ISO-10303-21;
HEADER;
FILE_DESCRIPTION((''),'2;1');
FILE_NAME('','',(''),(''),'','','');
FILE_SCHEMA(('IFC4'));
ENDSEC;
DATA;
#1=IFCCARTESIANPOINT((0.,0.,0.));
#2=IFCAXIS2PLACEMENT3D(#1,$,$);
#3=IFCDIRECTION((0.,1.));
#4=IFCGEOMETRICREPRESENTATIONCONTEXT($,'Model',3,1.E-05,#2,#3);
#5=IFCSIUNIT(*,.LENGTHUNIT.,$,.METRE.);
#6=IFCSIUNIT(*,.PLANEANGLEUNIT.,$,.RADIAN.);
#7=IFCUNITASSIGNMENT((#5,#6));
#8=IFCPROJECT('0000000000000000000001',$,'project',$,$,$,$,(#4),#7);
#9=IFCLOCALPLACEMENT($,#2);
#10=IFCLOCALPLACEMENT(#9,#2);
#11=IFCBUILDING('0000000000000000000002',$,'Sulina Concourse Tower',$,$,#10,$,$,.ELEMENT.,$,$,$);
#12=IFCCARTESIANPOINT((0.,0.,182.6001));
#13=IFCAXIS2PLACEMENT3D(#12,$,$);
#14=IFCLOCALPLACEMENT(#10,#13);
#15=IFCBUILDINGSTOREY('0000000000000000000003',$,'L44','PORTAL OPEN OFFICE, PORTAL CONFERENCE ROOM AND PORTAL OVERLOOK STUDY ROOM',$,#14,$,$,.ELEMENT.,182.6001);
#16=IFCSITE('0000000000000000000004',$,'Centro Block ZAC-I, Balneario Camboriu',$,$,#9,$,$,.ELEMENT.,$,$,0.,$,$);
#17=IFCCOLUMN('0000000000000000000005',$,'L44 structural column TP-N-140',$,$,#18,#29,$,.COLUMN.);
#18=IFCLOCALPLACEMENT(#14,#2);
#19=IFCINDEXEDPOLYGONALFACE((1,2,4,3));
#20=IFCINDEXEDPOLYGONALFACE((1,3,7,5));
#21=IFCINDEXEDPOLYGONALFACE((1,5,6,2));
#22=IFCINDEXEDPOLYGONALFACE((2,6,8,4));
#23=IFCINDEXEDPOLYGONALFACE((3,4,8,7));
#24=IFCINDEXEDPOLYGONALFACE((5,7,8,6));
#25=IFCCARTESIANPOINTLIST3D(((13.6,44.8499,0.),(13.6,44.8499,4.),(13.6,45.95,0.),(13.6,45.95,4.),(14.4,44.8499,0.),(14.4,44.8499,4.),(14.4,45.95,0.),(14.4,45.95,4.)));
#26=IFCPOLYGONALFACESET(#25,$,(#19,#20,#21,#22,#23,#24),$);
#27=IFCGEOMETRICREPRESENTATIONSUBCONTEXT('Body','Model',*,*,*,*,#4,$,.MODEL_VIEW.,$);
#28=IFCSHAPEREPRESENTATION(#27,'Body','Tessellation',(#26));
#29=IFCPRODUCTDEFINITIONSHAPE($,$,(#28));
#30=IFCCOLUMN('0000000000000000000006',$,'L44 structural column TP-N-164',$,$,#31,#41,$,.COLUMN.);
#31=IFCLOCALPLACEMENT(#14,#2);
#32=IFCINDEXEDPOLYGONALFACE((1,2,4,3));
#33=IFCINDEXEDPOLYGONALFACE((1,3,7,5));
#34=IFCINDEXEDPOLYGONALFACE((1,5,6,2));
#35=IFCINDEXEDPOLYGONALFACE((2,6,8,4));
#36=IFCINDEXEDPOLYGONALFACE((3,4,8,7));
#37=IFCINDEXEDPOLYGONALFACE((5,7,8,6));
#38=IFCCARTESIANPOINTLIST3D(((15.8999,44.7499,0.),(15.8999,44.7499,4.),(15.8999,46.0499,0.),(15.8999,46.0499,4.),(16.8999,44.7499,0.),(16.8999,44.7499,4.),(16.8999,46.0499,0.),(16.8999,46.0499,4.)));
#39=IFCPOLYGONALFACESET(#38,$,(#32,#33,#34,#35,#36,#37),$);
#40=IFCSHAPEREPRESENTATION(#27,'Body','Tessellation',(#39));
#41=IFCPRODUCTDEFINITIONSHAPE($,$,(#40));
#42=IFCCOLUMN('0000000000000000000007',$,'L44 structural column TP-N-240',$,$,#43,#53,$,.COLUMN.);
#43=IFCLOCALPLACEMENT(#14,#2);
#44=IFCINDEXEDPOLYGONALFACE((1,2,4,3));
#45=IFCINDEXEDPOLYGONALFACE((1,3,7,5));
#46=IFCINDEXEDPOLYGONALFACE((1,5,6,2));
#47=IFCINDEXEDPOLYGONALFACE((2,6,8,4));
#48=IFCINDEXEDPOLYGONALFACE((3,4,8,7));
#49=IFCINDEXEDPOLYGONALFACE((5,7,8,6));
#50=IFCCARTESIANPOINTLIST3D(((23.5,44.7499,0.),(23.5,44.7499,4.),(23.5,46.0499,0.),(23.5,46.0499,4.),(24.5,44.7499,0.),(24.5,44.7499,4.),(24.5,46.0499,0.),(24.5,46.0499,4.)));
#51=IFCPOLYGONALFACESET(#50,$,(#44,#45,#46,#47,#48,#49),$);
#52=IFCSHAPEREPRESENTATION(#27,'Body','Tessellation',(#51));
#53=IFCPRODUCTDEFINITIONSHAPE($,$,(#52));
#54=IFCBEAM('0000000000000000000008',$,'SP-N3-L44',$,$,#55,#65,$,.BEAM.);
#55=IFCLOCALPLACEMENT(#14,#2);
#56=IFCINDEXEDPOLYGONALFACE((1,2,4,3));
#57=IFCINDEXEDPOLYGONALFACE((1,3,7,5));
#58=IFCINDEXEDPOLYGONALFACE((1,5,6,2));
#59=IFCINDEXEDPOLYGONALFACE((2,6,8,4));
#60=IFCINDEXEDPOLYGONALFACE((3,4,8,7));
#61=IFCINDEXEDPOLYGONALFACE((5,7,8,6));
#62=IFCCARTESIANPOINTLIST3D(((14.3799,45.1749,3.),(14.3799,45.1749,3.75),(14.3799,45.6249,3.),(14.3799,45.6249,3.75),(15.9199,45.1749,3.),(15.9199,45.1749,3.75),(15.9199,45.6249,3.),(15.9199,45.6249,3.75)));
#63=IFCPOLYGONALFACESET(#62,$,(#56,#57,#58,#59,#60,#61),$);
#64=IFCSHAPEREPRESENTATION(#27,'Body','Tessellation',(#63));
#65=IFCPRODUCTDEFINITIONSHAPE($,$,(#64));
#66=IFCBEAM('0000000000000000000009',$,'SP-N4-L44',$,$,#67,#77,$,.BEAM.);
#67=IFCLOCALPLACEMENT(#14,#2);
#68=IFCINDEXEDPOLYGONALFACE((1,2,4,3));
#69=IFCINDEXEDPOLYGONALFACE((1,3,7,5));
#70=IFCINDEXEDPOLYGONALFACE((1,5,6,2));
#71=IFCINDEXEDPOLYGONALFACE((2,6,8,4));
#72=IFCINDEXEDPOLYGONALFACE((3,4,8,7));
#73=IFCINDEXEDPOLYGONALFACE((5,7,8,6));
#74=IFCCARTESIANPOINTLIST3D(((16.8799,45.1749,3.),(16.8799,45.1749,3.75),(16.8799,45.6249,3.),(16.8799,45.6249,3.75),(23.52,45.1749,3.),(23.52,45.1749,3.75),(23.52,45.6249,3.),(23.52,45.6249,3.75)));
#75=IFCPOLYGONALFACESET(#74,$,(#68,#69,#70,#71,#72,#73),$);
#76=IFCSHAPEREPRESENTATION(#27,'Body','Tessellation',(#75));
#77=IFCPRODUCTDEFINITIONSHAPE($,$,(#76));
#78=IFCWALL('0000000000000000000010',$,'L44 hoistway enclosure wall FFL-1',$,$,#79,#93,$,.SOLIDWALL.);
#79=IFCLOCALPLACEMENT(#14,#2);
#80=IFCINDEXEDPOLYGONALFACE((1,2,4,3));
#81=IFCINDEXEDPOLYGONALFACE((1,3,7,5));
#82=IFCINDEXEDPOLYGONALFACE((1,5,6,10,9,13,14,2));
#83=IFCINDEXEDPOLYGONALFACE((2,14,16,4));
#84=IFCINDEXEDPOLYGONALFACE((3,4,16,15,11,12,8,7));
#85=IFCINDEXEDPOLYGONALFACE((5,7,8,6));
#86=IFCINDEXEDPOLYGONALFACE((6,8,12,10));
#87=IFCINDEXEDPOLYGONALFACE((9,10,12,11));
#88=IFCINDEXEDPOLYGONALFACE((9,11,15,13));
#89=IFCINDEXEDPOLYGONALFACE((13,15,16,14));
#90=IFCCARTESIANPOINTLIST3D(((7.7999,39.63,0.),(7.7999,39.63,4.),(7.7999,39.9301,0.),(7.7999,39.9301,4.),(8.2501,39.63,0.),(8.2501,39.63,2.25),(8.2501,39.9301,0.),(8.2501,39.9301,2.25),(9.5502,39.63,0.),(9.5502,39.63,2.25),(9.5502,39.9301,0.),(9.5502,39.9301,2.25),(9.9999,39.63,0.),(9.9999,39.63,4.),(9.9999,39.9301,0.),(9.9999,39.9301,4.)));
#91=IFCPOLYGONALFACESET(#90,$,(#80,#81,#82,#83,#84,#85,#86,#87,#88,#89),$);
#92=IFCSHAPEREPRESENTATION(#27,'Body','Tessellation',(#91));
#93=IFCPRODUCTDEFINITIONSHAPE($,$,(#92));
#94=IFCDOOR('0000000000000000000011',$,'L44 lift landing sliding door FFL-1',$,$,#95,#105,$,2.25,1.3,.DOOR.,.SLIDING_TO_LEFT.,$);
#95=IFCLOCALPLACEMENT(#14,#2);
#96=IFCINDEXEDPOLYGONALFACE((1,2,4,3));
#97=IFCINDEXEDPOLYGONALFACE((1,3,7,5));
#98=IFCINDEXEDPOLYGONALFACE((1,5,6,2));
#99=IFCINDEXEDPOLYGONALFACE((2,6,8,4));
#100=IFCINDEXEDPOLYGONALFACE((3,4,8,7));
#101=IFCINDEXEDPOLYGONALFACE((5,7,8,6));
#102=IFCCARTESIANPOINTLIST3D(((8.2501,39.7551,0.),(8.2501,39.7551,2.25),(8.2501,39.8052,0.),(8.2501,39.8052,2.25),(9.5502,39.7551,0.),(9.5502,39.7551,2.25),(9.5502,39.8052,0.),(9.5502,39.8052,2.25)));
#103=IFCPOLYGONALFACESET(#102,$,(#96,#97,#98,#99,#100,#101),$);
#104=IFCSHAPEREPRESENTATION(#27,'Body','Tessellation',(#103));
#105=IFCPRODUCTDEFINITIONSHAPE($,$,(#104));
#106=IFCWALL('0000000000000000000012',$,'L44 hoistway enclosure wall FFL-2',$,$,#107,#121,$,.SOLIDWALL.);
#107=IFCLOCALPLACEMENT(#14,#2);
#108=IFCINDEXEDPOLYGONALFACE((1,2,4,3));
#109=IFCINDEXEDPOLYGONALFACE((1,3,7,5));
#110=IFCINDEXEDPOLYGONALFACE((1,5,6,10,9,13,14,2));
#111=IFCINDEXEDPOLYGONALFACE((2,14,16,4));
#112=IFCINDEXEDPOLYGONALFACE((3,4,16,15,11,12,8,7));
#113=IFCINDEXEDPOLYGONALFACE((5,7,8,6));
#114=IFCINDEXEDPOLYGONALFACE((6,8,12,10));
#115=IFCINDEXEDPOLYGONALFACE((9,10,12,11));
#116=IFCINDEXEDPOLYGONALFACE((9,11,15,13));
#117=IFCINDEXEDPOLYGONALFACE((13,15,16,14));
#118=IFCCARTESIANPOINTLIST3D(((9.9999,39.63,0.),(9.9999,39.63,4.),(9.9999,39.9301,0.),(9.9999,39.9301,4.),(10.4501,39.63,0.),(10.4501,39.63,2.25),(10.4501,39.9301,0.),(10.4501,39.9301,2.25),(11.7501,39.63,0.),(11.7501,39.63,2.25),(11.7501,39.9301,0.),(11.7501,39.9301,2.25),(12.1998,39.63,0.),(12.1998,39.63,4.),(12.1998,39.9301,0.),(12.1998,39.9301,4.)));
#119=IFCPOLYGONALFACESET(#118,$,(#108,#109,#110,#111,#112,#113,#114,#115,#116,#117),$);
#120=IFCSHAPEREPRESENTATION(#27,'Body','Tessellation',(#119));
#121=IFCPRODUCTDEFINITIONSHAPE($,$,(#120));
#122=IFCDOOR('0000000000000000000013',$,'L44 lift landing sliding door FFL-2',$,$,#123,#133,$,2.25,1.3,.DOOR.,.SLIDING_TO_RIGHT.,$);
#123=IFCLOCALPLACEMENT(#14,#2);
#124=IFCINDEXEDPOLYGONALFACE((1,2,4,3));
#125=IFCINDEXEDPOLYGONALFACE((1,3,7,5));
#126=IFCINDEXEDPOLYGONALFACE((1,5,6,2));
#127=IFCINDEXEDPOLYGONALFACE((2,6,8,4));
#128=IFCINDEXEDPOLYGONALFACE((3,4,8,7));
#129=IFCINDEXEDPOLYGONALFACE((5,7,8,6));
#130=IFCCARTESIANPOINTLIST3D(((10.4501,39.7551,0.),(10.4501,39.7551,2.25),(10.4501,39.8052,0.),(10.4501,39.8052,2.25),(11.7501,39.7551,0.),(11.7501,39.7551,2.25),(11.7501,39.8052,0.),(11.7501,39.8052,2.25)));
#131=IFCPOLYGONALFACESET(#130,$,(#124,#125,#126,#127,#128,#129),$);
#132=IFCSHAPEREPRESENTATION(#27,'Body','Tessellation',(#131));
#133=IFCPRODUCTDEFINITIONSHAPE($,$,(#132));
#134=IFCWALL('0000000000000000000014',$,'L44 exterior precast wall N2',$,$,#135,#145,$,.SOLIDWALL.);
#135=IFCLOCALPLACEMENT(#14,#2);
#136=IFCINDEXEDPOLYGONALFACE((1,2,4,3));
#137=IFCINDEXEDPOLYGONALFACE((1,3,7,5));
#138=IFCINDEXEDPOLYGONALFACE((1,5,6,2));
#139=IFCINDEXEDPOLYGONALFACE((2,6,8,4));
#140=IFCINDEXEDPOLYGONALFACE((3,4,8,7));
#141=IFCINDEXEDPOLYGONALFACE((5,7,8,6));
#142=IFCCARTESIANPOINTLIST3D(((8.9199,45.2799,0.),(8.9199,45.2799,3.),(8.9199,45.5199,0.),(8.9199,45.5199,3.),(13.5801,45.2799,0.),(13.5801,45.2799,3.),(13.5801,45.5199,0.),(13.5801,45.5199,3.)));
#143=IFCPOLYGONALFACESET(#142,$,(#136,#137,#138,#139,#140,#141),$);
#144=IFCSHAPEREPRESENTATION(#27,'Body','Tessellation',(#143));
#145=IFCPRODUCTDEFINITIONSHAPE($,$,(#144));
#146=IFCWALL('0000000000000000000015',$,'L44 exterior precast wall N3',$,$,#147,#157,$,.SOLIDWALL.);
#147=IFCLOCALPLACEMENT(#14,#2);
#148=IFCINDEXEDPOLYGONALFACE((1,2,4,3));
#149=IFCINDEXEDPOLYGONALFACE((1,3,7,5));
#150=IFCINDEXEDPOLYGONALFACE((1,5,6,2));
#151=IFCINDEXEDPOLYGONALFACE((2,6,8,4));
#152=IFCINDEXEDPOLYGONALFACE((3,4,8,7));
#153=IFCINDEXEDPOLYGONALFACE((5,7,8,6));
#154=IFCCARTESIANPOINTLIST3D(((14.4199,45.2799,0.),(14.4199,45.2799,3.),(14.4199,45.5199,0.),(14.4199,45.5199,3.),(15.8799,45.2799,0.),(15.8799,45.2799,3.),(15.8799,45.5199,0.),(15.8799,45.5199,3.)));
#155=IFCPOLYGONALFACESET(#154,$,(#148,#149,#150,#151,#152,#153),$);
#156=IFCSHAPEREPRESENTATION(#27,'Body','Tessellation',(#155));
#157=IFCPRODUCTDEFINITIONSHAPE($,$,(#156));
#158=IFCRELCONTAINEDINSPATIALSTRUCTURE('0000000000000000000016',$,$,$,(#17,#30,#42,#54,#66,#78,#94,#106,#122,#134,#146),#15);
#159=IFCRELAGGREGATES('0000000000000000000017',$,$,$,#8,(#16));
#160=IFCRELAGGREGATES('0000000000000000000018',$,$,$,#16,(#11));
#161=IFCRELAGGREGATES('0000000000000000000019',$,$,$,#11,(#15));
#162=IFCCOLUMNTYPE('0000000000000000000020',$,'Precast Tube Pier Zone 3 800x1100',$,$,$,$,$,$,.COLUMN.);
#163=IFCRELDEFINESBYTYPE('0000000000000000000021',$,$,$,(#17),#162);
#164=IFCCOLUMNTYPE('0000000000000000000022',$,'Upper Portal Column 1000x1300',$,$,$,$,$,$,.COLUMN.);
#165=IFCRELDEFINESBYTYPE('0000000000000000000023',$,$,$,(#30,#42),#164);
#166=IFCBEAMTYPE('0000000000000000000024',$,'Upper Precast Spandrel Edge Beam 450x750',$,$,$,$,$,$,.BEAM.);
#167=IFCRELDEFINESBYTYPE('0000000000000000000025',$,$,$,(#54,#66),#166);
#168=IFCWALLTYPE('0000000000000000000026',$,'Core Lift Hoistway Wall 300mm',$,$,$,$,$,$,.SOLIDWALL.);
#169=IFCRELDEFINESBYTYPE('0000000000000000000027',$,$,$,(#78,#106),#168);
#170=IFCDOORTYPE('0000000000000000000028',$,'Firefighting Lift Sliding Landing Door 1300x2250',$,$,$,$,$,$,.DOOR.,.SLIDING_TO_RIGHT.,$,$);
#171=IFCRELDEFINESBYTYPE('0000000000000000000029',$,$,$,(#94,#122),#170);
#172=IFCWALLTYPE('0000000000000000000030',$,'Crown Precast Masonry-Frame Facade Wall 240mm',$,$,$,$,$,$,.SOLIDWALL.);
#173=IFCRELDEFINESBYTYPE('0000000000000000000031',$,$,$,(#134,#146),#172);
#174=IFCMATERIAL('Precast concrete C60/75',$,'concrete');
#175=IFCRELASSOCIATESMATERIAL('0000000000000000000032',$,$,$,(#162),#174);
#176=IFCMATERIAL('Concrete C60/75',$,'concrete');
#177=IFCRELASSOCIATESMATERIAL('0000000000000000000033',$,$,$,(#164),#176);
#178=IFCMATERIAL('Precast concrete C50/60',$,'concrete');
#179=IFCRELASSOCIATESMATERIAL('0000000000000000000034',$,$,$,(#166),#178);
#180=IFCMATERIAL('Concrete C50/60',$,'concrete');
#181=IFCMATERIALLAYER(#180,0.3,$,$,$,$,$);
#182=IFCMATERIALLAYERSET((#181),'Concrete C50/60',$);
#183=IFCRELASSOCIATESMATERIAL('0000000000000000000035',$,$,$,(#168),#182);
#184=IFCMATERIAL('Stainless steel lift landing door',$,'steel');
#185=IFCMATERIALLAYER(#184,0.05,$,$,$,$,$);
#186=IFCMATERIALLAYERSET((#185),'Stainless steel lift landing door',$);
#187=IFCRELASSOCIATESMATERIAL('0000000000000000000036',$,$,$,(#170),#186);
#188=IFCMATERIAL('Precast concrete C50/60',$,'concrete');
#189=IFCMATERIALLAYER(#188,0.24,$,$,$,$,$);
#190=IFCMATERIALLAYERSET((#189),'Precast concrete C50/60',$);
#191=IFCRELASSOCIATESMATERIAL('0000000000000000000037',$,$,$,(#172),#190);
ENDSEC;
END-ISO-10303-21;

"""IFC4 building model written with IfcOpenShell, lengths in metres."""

from ifc_helpers import new_model, si_unit, direction, frame, frame_2d, origin, origin_2d, place, context, subcontext, project, spatial, rectangle, extrude, material, layer, layer_set, material_profile, profile_set, type_object, element, fill, save


model = new_model("IFC4")

# Units and contexts
model_context = context("Model", 3, precision=1e-05, world=origin(), true_north=direction((0.0, 1.0)))
body_context = subcontext(model_context, "Body", "Model", "MODEL_VIEW")
ifc_project = project(units=[si_unit("LENGTHUNIT", "METRE"), si_unit("PLANEANGLEUNIT", "RADIAN")], contexts=[model_context])

# Site, building, storey
site_placement = place(None, origin())
site = spatial("IfcSite", under=ifc_project, at=site_placement, Name="Centro Block ZAC-I, Balneario Camboriu", CompositionType="ELEMENT", RefElevation=0.0)
building_placement = place(site_placement, origin())
building = spatial("IfcBuilding", under=site, at=building_placement, Name="Sulina Concourse Tower", CompositionType="ELEMENT")
storey_placement = place(building_placement, frame((0.0, 0.0, 182.6001)))
storey = spatial("IfcBuildingStorey", under=building, at=storey_placement, Name="L44", Description="PORTAL OPEN OFFICE, PORTAL CONFERENCE ROOM AND PORTAL OVERLOOK STUDY ROOM", CompositionType="ELEMENT", Elevation=182.6001)

# Columns
ifc_material_1 = material(Name="Precast concrete C60/75", Category="concrete")
ifc_material_profile_1 = material_profile(ifc_material_1, rectangle(XDim=0.8, YDim=1.1001, at=origin_2d()), Name="PC 800x1100")
ifc_profile_set_1 = profile_set([ifc_material_profile_1], Name="Precast concrete C60/75")
column_type_1 = type_object("IfcColumnType", Name="Precast Tube Pier Zone 3 800x1100", PredefinedType="COLUMN", material=ifc_profile_set_1)
column_placement = place(storey_placement, frame((14.0, 45.3999, 0.0), z_axis=(0.0, 0.0, 1.0), x_axis=(1.0, 0.0, 0.0)))
element("IfcColumn", 1, at=column_placement, inside=storey, type_object=column_type_1, Name="L44 structural column TP-N-140", PredefinedType="COLUMN", context=body_context, shape_type="SweptSolid", body=[
    extrude(rectangle(XDim=0.8, YDim=1.1001, at=origin_2d()), origin(), (0.0, 0.0, 1.0), 4.0),
])
ifc_material_2 = material(Name="Concrete C60/75", Category="concrete")
ifc_material_profile_2 = material_profile(ifc_material_2, rectangle(XDim=1.0, YDim=1.3, at=origin_2d()), Name="RC 1000x1300")
ifc_profile_set_2 = profile_set([ifc_material_profile_2], Name="Concrete C60/75")
column_type_2 = type_object("IfcColumnType", Name="Upper Portal Column 1000x1300", PredefinedType="COLUMN", material=ifc_profile_set_2)
for number, where, z_axis, x_axis, name in (
    (2, (16.3999, 45.3999, 0.0), (0.0, 0.0, 1.0), (1.0, 0.0, 0.0), "L44 structural column TP-N-164"),
    (3, (24.0, 45.3999, 0.0), (0.0, 0.0, 1.0), (1.0, 0.0, 0.0), "L44 structural column TP-N-240"),
):
    element("IfcColumn", number, at=place(storey_placement, frame(where, z_axis=z_axis, x_axis=x_axis)), inside=storey, type_object=column_type_2, Name=name, PredefinedType="COLUMN", context=body_context, shape_type="SweptSolid", body=[
        extrude(rectangle(XDim=1.0, YDim=1.3, at=origin_2d()), origin(), (0.0, 0.0, 1.0), 4.0),
    ])

# Beams
ifc_material_3 = material(Name="Precast concrete C50/60", Category="concrete")
ifc_material_profile_3 = material_profile(ifc_material_3, rectangle(XDim=0.45, YDim=0.75, at=origin_2d()), Name="RC 450x750")
ifc_profile_set_3 = profile_set([ifc_material_profile_3], Name="Precast concrete C50/60")
beam_type = type_object("IfcBeamType", Name="Upper Precast Spandrel Edge Beam 450x750", PredefinedType="BEAM", material=ifc_profile_set_3)
beam_1_placement = place(storey_placement, frame((14.3799, 45.3999, 3.375), z_axis=(1.0, 0.0, 0.0), x_axis=(0.0, 1.0, 0.0)))
element("IfcBeam", 4, at=beam_1_placement, inside=storey, type_object=beam_type, Name="SP-N3-L44", PredefinedType="BEAM", context=body_context, shape_type="SweptSolid", body=[
    extrude(rectangle(XDim=0.45, YDim=0.75, at=origin_2d()), origin(), (0.0, 0.0, 1.0), 1.54),
])
beam_2_placement = place(storey_placement, frame((16.8799, 45.3999, 3.375), z_axis=(1.0, 0.0, 0.0), x_axis=(0.0, 1.0, 0.0)))
element("IfcBeam", 5, at=beam_2_placement, inside=storey, type_object=beam_type, Name="SP-N4-L44", PredefinedType="BEAM", context=body_context, shape_type="SweptSolid", body=[
    extrude(rectangle(XDim=0.45, YDim=0.75, at=origin_2d()), origin(), (0.0, 0.0, 1.0), 6.6401),
])

# Walls, openings, doors
ifc_material_4 = material(Name="Concrete C50/60", Category="concrete")
ifc_layer_1 = layer(ifc_material_4, 0.3)
ifc_layer_set_1 = layer_set([ifc_layer_1], Name="Concrete C50/60")
wall_type_1 = type_object("IfcWallType", Name="Core Lift Hoistway Wall 300mm", PredefinedType="SOLIDWALL", material=ifc_layer_set_1)
wall_1_placement = place(storey_placement, frame((10.0, 39.78, 0.0), z_axis=(0.0, 0.0, 1.0), x_axis=(-1.0, 0.0, 0.0)))
wall_1 = element("IfcWall", 6, at=wall_1_placement, inside=storey, type_object=wall_type_1, Name="L44 hoistway enclosure wall FFL-1", PredefinedType="SOLIDWALL", context=body_context, shape_type="SweptSolid", body=[
    extrude(rectangle(XDim=2.2, YDim=0.3, at=frame_2d((1.1001, 0.0))), origin(), (0.0, 0.0, 1.0), 4.0),
])
opening_1_placement = place(wall_1_placement, frame((0.45, 0.0, 0.0)))
opening_1 = element("IfcOpeningElement", 7, at=opening_1_placement, cuts=wall_1, PredefinedType="OPENING", context=body_context, shape_type="SweptSolid", body=[
    extrude(rectangle(XDim=1.3, YDim=2.25, at=frame_2d((0.6499, 1.125))), frame((0.0, 0.1599, 0.0), z_axis=(0.0, -1.0, 0.0), x_axis=(1.0, 0.0, 0.0)), (0.0, 0.0, 1.0), 0.3201),
])
ifc_material_5 = material(Name="Stainless steel lift landing door", Category="steel")
ifc_layer_2 = layer(ifc_material_5, 0.05)
ifc_layer_set_2 = layer_set([ifc_layer_2], Name="Stainless steel lift landing door")
door_type = type_object("IfcDoorType", Name="Firefighting Lift Sliding Landing Door 1300x2250", OperationType="SLIDING_TO_RIGHT", PredefinedType="DOOR", material=ifc_layer_set_2)
door_1_placement = place(opening_1_placement, origin())
door_1 = element("IfcDoor", 8, at=door_1_placement, inside=storey, type_object=door_type, Name="L44 lift landing sliding door FFL-1", OperationType="SLIDING_TO_LEFT", OverallHeight=2.25, OverallWidth=1.3, PredefinedType="DOOR", context=body_context, shape_type="SweptSolid", body=[
    extrude(rectangle(XDim=1.3, YDim=2.25, at=frame_2d((0.6499, 1.125))), frame((0.0, 0.0249, 0.0), z_axis=(0.0, -1.0, 0.0), x_axis=(1.0, 0.0, 0.0)), (0.0, 0.0, 1.0), 0.05),
])
fill(opening_1, door_1)
wall_2_placement = place(storey_placement, frame((12.2, 39.78, 0.0), z_axis=(0.0, 0.0, 1.0), x_axis=(-1.0, 0.0, 0.0)))
wall_2 = element("IfcWall", 9, at=wall_2_placement, inside=storey, type_object=wall_type_1, Name="L44 hoistway enclosure wall FFL-2", PredefinedType="SOLIDWALL", context=body_context, shape_type="SweptSolid", body=[
    extrude(rectangle(XDim=2.2, YDim=0.3, at=frame_2d((1.1001, 0.0))), origin(), (0.0, 0.0, 1.0), 4.0),
])
opening_2_placement = place(wall_2_placement, frame((0.45, 0.0, 0.0)))
opening_2 = element("IfcOpeningElement", 10, at=opening_2_placement, cuts=wall_2, PredefinedType="OPENING", context=body_context, shape_type="SweptSolid", body=[
    extrude(rectangle(XDim=1.3, YDim=2.25, at=frame_2d((0.6499, 1.125))), frame((0.0, 0.1599, 0.0), z_axis=(0.0, -1.0, 0.0), x_axis=(1.0, 0.0, 0.0)), (0.0, 0.0, 1.0), 0.3201),
])
door_2_placement = place(opening_2_placement, origin())
door_2 = element("IfcDoor", 11, at=door_2_placement, inside=storey, type_object=door_type, Name="L44 lift landing sliding door FFL-2", OperationType="SLIDING_TO_RIGHT", OverallHeight=2.25, OverallWidth=1.3, PredefinedType="DOOR", context=body_context, shape_type="SweptSolid", body=[
    extrude(rectangle(XDim=1.3, YDim=2.25, at=frame_2d((0.6499, 1.125))), frame((0.0, 0.0249, 0.0), z_axis=(0.0, -1.0, 0.0), x_axis=(1.0, 0.0, 0.0)), (0.0, 0.0, 1.0), 0.05),
])
fill(opening_2, door_2)

# Walls
ifc_material_6 = material(Name="Precast concrete C50/60", Category="concrete")
ifc_layer_3 = layer(ifc_material_6, 0.24)
ifc_layer_set_3 = layer_set([ifc_layer_3], Name="Precast concrete C50/60")
wall_type_2 = type_object("IfcWallType", Name="Crown Precast Masonry-Frame Facade Wall 240mm", PredefinedType="SOLIDWALL", material=ifc_layer_set_3)
wall_3_placement = place(storey_placement, frame((8.9199, 45.3999, 0.0), z_axis=(0.0, 0.0, 1.0), x_axis=(1.0, 0.0, 0.0)))
element("IfcWall", 12, at=wall_3_placement, inside=storey, type_object=wall_type_2, Name="L44 exterior precast wall N2", PredefinedType="SOLIDWALL", context=body_context, shape_type="SweptSolid", body=[
    extrude(rectangle(XDim=4.6602, YDim=0.24, at=frame_2d((2.3301, 0.0))), origin(), (0.0, 0.0, 1.0), 3.0),
])
wall_4_placement = place(storey_placement, frame((14.4199, 45.3999, 0.0), z_axis=(0.0, 0.0, 1.0), x_axis=(1.0, 0.0, 0.0)))
element("IfcWall", 13, at=wall_4_placement, inside=storey, type_object=wall_type_2, Name="L44 exterior precast wall N3", PredefinedType="SOLIDWALL", context=body_context, shape_type="SweptSolid", body=[
    extrude(rectangle(XDim=1.46, YDim=0.24, at=frame_2d((0.73, 0.0))), origin(), (0.0, 0.0, 1.0), 3.0),
])

save(model, "model.ifc")
